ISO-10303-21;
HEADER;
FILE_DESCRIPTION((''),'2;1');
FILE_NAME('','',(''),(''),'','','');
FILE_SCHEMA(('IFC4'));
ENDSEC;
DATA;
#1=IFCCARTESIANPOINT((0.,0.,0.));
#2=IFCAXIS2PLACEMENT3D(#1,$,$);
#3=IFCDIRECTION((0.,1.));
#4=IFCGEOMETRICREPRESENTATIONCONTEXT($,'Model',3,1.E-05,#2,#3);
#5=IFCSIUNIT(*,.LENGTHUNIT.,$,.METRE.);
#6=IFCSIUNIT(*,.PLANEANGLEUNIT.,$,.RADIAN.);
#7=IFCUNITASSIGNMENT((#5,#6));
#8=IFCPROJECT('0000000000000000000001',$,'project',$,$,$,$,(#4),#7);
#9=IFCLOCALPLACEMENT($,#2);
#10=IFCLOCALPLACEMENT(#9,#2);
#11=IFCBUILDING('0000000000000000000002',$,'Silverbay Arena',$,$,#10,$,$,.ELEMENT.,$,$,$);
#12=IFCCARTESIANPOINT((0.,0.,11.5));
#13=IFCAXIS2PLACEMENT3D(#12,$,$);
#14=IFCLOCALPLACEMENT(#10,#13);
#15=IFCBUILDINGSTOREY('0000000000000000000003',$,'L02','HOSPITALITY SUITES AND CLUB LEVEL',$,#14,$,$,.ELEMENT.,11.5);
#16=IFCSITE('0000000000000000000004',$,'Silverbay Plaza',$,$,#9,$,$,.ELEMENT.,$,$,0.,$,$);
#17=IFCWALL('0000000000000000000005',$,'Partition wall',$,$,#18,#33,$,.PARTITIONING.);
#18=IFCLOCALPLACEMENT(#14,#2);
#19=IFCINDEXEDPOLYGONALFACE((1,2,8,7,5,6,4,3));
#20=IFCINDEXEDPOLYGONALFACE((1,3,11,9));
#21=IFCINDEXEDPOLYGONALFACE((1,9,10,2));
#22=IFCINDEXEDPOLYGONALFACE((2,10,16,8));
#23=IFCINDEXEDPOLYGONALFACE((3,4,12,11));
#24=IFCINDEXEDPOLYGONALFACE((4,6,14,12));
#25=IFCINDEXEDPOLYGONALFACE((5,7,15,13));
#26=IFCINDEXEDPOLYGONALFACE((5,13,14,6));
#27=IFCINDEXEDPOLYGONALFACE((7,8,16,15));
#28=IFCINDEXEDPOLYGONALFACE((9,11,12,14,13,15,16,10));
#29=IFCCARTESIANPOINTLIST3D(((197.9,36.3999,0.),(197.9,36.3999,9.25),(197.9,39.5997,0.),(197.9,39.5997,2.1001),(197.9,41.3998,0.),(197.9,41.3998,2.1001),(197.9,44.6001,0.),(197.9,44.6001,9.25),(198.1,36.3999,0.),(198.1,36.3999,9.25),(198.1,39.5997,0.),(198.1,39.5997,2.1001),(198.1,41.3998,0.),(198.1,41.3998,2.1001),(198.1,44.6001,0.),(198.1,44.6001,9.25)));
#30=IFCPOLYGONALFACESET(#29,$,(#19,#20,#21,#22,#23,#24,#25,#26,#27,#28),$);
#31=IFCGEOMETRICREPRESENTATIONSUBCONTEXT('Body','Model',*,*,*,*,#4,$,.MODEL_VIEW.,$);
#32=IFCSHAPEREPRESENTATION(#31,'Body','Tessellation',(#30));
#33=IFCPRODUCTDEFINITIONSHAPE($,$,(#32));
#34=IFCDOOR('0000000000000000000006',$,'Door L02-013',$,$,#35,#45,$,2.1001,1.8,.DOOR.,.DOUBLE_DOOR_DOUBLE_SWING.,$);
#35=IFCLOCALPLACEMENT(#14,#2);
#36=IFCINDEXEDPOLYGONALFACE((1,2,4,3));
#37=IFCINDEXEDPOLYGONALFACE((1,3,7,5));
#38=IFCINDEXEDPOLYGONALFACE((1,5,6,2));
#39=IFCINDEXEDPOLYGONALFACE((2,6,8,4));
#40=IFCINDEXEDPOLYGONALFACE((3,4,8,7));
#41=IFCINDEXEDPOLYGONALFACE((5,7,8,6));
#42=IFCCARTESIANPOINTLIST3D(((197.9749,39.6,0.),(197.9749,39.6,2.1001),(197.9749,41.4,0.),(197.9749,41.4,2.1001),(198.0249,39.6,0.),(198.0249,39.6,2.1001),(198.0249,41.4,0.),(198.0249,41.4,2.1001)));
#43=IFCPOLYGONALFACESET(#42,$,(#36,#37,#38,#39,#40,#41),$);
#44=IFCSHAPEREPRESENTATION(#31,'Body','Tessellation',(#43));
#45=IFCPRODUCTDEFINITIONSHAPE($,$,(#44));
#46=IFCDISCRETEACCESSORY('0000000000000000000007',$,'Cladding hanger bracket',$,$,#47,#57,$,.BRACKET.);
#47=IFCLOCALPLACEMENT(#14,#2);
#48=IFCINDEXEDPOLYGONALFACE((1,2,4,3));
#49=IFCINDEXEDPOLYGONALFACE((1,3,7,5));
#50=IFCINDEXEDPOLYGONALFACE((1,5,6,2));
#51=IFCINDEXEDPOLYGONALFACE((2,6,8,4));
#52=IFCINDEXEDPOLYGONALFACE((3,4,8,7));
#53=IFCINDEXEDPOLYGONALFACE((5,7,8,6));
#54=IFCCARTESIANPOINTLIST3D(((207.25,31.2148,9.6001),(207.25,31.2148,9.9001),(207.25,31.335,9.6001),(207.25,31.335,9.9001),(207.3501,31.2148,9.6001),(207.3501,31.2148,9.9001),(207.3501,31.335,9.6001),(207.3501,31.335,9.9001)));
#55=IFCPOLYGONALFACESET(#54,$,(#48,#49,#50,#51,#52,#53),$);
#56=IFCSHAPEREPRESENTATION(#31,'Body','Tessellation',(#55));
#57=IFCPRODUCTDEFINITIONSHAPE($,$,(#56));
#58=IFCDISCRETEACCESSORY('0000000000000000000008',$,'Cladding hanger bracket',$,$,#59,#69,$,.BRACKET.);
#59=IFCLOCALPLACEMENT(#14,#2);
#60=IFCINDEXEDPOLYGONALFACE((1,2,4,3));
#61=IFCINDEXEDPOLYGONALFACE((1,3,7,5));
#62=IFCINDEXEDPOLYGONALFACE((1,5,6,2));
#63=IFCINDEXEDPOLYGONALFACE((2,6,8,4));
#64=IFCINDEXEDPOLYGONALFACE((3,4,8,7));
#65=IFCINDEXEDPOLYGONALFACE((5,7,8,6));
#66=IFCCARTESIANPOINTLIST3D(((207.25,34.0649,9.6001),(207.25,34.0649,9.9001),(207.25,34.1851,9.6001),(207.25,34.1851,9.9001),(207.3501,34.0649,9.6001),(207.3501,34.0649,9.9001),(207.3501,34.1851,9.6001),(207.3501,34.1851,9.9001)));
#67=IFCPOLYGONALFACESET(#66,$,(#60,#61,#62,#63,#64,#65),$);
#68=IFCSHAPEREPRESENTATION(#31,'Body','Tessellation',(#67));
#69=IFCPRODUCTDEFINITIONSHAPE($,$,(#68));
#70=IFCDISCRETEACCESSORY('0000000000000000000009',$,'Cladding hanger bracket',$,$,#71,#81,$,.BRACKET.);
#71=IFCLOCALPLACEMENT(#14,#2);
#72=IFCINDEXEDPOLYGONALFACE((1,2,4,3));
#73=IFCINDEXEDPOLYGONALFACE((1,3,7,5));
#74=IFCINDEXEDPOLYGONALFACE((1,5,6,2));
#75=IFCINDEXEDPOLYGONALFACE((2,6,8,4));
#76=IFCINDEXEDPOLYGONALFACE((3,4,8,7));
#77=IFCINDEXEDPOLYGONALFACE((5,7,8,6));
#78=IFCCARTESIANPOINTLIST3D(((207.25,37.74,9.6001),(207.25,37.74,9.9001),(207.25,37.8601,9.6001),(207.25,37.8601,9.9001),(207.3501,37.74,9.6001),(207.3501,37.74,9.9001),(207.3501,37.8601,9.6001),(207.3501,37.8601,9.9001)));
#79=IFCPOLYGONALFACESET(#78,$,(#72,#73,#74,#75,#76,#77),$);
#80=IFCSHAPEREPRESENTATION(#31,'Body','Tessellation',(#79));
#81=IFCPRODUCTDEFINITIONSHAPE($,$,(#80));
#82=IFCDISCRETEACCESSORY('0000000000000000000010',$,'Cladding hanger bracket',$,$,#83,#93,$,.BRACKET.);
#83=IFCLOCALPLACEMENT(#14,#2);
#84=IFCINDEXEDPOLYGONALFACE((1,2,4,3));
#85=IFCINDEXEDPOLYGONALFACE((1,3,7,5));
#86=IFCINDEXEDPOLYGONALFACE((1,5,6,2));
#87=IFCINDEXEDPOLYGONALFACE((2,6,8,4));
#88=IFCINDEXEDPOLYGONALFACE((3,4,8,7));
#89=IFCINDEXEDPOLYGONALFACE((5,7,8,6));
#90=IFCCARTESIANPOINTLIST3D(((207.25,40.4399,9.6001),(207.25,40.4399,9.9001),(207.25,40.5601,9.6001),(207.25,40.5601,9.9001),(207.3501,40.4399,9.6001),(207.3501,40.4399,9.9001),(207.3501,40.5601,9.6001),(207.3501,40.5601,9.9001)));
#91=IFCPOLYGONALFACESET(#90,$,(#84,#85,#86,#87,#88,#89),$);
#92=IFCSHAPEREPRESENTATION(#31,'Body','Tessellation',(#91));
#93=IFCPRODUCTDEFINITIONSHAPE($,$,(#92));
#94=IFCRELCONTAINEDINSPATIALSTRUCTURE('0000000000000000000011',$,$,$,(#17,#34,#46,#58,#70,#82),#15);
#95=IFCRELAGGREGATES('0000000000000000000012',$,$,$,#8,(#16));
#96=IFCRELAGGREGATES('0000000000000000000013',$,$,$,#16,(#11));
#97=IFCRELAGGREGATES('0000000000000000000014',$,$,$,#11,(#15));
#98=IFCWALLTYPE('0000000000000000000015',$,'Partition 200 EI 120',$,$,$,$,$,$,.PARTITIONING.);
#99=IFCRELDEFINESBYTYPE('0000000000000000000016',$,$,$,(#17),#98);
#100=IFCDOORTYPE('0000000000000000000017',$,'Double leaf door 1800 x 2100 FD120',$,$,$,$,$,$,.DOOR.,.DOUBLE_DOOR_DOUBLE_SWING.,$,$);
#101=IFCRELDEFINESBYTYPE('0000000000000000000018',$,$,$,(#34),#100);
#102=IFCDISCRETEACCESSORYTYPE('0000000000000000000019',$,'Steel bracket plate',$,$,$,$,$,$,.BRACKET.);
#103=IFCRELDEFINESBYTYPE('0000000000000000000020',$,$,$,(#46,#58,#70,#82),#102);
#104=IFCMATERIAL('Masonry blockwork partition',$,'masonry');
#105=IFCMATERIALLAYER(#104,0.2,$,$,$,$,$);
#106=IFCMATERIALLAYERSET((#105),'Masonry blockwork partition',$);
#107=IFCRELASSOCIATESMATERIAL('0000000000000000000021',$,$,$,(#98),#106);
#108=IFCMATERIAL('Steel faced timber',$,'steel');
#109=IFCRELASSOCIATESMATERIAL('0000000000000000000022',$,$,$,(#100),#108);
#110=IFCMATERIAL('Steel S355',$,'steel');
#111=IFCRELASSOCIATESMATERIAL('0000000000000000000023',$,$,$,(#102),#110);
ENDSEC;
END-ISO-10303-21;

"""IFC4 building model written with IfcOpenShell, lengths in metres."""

from ifc_helpers import new_model, si_unit, direction, frame, frame_2d, origin, origin_2d, place, context, subcontext, project, spatial, rectangle, extrude, material, layer, layer_set, type_object, element, fill, save


model = new_model("IFC4")

# Units and contexts
model_context = context("Model", 3, precision=1e-05, world=origin(), true_north=direction((0.0, 1.0)))
body_context = subcontext(model_context, "Body", "Model", "MODEL_VIEW")
ifc_project = project(units=[si_unit("LENGTHUNIT", "METRE"), si_unit("PLANEANGLEUNIT", "RADIAN")], contexts=[model_context])

# Site, building, storey
site_placement = place(None, origin())
site = spatial("IfcSite", under=ifc_project, at=site_placement, Name="Silverbay Plaza", CompositionType="ELEMENT", RefElevation=0.0)
building_placement = place(site_placement, origin())
building = spatial("IfcBuilding", under=site, at=building_placement, Name="Silverbay Arena", CompositionType="ELEMENT")
storey_placement = place(building_placement, frame((0.0, 0.0, 11.5)))
storey = spatial("IfcBuildingStorey", under=building, at=storey_placement, Name="L02", Description="HOSPITALITY SUITES AND CLUB LEVEL", CompositionType="ELEMENT", Elevation=11.5)

# Wall, opening, door
ifc_material_1 = material(Name="Masonry blockwork partition", Category="masonry")
ifc_layer_1 = layer(ifc_material_1, 0.2)
ifc_layer_set_1 = layer_set([ifc_layer_1], Name="Masonry blockwork partition")
wall_type = type_object("IfcWallType", Name="Partition 200 EI 120", PredefinedType="PARTITIONING", material=ifc_layer_set_1)
wall_1_placement = place(storey_placement, frame((198.0, 36.3999, 0.0), z_axis=(0.0, 0.0, 1.0), x_axis=(0.0, 1.0, 0.0)))
wall_1 = element("IfcWall", 1, at=wall_1_placement, inside=storey, type_object=wall_type, Name="Partition wall", PredefinedType="PARTITIONING", context=body_context, shape_type="SweptSolid", body=[
    extrude(rectangle(XDim=8.2002, YDim=0.2, at=frame_2d((4.1001, 0.0))), origin(), (0.0, 0.0, 1.0), 9.25),
])
opening_1_placement = place(wall_1_placement, frame((3.2, 0.0, 0.0)))
opening_1 = element("IfcOpeningElement", 2, at=opening_1_placement, cuts=wall_1, PredefinedType="OPENING", context=body_context, shape_type="SweptSolid", body=[
    extrude(rectangle(XDim=1.8, YDim=2.1001, at=frame_2d((0.8999, 1.05))), frame((0.0, 0.1099, 0.0), z_axis=(0.0, -1.0, 0.0), x_axis=(1.0, 0.0, 0.0)), (0.0, 0.0, 1.0), 0.22),
])
ifc_material_2 = material(Name="Steel faced timber", Category="steel")
door_type_1 = type_object("IfcDoorType", Name="Double leaf door 1800 x 2100 FD120", OperationType="DOUBLE_DOOR_DOUBLE_SWING", PredefinedType="DOOR", material=ifc_material_2)
door_1_placement = place(opening_1_placement, frame((1.8, 0.0, 0.0), z_axis=(0.0, 0.0, 1.0), x_axis=(-1.0, 0.0, 0.0)))
door_1 = element("IfcDoor", 3, at=door_1_placement, inside=storey, type_object=door_type_1, Name="Door L02-013", OperationType="DOUBLE_DOOR_DOUBLE_SWING", OverallHeight=2.1001, OverallWidth=1.8, PredefinedType="DOOR", context=body_context, shape_type="SweptSolid", body=[
    extrude(rectangle(XDim=1.8, YDim=2.1001, at=frame_2d((0.8999, 1.05))), frame((0.0, 0.0249, 0.0), z_axis=(0.0, -1.0, 0.0), x_axis=(1.0, 0.0, 0.0)), (0.0, 0.0, 1.0), 0.05),
])
fill(opening_1, door_1)

# Discrete accessories
ifc_material_3 = material(Name="Steel S355", Category="steel")
discrete_accessory_type = type_object("IfcDiscreteAccessoryType", Name="Steel bracket plate", PredefinedType="BRACKET", material=ifc_material_3)
for number, where, z_axis, x_axis, name in (
    (4, (207.3, 31.2749, 9.6001), (0.0, 0.0, 1.0), (1.0, 0.0, 0.0), "Cladding hanger bracket"),
    (5, (207.3, 34.125, 9.6001), (0.0, 0.0, 1.0), (1.0, 0.0, 0.0), "Cladding hanger bracket"),
    (6, (207.3, 37.8, 9.6001), (0.0, 0.0, 1.0), (1.0, 0.0, 0.0), "Cladding hanger bracket"),
    (7, (207.3, 40.5, 9.6001), (0.0, 0.0, 1.0), (1.0, 0.0, 0.0), "Cladding hanger bracket"),
):
    element("IfcDiscreteAccessory", number, at=place(storey_placement, frame(where, z_axis=z_axis, x_axis=x_axis)), inside=storey, type_object=discrete_accessory_type, Name=name, PredefinedType="BRACKET", context=body_context, shape_type="SweptSolid", body=[
        extrude(rectangle(XDim=0.1001, YDim=0.1201, at=origin_2d()), origin(), (0.0, 0.0, 1.0), 0.3),
    ])

save(model, "model.ifc")
